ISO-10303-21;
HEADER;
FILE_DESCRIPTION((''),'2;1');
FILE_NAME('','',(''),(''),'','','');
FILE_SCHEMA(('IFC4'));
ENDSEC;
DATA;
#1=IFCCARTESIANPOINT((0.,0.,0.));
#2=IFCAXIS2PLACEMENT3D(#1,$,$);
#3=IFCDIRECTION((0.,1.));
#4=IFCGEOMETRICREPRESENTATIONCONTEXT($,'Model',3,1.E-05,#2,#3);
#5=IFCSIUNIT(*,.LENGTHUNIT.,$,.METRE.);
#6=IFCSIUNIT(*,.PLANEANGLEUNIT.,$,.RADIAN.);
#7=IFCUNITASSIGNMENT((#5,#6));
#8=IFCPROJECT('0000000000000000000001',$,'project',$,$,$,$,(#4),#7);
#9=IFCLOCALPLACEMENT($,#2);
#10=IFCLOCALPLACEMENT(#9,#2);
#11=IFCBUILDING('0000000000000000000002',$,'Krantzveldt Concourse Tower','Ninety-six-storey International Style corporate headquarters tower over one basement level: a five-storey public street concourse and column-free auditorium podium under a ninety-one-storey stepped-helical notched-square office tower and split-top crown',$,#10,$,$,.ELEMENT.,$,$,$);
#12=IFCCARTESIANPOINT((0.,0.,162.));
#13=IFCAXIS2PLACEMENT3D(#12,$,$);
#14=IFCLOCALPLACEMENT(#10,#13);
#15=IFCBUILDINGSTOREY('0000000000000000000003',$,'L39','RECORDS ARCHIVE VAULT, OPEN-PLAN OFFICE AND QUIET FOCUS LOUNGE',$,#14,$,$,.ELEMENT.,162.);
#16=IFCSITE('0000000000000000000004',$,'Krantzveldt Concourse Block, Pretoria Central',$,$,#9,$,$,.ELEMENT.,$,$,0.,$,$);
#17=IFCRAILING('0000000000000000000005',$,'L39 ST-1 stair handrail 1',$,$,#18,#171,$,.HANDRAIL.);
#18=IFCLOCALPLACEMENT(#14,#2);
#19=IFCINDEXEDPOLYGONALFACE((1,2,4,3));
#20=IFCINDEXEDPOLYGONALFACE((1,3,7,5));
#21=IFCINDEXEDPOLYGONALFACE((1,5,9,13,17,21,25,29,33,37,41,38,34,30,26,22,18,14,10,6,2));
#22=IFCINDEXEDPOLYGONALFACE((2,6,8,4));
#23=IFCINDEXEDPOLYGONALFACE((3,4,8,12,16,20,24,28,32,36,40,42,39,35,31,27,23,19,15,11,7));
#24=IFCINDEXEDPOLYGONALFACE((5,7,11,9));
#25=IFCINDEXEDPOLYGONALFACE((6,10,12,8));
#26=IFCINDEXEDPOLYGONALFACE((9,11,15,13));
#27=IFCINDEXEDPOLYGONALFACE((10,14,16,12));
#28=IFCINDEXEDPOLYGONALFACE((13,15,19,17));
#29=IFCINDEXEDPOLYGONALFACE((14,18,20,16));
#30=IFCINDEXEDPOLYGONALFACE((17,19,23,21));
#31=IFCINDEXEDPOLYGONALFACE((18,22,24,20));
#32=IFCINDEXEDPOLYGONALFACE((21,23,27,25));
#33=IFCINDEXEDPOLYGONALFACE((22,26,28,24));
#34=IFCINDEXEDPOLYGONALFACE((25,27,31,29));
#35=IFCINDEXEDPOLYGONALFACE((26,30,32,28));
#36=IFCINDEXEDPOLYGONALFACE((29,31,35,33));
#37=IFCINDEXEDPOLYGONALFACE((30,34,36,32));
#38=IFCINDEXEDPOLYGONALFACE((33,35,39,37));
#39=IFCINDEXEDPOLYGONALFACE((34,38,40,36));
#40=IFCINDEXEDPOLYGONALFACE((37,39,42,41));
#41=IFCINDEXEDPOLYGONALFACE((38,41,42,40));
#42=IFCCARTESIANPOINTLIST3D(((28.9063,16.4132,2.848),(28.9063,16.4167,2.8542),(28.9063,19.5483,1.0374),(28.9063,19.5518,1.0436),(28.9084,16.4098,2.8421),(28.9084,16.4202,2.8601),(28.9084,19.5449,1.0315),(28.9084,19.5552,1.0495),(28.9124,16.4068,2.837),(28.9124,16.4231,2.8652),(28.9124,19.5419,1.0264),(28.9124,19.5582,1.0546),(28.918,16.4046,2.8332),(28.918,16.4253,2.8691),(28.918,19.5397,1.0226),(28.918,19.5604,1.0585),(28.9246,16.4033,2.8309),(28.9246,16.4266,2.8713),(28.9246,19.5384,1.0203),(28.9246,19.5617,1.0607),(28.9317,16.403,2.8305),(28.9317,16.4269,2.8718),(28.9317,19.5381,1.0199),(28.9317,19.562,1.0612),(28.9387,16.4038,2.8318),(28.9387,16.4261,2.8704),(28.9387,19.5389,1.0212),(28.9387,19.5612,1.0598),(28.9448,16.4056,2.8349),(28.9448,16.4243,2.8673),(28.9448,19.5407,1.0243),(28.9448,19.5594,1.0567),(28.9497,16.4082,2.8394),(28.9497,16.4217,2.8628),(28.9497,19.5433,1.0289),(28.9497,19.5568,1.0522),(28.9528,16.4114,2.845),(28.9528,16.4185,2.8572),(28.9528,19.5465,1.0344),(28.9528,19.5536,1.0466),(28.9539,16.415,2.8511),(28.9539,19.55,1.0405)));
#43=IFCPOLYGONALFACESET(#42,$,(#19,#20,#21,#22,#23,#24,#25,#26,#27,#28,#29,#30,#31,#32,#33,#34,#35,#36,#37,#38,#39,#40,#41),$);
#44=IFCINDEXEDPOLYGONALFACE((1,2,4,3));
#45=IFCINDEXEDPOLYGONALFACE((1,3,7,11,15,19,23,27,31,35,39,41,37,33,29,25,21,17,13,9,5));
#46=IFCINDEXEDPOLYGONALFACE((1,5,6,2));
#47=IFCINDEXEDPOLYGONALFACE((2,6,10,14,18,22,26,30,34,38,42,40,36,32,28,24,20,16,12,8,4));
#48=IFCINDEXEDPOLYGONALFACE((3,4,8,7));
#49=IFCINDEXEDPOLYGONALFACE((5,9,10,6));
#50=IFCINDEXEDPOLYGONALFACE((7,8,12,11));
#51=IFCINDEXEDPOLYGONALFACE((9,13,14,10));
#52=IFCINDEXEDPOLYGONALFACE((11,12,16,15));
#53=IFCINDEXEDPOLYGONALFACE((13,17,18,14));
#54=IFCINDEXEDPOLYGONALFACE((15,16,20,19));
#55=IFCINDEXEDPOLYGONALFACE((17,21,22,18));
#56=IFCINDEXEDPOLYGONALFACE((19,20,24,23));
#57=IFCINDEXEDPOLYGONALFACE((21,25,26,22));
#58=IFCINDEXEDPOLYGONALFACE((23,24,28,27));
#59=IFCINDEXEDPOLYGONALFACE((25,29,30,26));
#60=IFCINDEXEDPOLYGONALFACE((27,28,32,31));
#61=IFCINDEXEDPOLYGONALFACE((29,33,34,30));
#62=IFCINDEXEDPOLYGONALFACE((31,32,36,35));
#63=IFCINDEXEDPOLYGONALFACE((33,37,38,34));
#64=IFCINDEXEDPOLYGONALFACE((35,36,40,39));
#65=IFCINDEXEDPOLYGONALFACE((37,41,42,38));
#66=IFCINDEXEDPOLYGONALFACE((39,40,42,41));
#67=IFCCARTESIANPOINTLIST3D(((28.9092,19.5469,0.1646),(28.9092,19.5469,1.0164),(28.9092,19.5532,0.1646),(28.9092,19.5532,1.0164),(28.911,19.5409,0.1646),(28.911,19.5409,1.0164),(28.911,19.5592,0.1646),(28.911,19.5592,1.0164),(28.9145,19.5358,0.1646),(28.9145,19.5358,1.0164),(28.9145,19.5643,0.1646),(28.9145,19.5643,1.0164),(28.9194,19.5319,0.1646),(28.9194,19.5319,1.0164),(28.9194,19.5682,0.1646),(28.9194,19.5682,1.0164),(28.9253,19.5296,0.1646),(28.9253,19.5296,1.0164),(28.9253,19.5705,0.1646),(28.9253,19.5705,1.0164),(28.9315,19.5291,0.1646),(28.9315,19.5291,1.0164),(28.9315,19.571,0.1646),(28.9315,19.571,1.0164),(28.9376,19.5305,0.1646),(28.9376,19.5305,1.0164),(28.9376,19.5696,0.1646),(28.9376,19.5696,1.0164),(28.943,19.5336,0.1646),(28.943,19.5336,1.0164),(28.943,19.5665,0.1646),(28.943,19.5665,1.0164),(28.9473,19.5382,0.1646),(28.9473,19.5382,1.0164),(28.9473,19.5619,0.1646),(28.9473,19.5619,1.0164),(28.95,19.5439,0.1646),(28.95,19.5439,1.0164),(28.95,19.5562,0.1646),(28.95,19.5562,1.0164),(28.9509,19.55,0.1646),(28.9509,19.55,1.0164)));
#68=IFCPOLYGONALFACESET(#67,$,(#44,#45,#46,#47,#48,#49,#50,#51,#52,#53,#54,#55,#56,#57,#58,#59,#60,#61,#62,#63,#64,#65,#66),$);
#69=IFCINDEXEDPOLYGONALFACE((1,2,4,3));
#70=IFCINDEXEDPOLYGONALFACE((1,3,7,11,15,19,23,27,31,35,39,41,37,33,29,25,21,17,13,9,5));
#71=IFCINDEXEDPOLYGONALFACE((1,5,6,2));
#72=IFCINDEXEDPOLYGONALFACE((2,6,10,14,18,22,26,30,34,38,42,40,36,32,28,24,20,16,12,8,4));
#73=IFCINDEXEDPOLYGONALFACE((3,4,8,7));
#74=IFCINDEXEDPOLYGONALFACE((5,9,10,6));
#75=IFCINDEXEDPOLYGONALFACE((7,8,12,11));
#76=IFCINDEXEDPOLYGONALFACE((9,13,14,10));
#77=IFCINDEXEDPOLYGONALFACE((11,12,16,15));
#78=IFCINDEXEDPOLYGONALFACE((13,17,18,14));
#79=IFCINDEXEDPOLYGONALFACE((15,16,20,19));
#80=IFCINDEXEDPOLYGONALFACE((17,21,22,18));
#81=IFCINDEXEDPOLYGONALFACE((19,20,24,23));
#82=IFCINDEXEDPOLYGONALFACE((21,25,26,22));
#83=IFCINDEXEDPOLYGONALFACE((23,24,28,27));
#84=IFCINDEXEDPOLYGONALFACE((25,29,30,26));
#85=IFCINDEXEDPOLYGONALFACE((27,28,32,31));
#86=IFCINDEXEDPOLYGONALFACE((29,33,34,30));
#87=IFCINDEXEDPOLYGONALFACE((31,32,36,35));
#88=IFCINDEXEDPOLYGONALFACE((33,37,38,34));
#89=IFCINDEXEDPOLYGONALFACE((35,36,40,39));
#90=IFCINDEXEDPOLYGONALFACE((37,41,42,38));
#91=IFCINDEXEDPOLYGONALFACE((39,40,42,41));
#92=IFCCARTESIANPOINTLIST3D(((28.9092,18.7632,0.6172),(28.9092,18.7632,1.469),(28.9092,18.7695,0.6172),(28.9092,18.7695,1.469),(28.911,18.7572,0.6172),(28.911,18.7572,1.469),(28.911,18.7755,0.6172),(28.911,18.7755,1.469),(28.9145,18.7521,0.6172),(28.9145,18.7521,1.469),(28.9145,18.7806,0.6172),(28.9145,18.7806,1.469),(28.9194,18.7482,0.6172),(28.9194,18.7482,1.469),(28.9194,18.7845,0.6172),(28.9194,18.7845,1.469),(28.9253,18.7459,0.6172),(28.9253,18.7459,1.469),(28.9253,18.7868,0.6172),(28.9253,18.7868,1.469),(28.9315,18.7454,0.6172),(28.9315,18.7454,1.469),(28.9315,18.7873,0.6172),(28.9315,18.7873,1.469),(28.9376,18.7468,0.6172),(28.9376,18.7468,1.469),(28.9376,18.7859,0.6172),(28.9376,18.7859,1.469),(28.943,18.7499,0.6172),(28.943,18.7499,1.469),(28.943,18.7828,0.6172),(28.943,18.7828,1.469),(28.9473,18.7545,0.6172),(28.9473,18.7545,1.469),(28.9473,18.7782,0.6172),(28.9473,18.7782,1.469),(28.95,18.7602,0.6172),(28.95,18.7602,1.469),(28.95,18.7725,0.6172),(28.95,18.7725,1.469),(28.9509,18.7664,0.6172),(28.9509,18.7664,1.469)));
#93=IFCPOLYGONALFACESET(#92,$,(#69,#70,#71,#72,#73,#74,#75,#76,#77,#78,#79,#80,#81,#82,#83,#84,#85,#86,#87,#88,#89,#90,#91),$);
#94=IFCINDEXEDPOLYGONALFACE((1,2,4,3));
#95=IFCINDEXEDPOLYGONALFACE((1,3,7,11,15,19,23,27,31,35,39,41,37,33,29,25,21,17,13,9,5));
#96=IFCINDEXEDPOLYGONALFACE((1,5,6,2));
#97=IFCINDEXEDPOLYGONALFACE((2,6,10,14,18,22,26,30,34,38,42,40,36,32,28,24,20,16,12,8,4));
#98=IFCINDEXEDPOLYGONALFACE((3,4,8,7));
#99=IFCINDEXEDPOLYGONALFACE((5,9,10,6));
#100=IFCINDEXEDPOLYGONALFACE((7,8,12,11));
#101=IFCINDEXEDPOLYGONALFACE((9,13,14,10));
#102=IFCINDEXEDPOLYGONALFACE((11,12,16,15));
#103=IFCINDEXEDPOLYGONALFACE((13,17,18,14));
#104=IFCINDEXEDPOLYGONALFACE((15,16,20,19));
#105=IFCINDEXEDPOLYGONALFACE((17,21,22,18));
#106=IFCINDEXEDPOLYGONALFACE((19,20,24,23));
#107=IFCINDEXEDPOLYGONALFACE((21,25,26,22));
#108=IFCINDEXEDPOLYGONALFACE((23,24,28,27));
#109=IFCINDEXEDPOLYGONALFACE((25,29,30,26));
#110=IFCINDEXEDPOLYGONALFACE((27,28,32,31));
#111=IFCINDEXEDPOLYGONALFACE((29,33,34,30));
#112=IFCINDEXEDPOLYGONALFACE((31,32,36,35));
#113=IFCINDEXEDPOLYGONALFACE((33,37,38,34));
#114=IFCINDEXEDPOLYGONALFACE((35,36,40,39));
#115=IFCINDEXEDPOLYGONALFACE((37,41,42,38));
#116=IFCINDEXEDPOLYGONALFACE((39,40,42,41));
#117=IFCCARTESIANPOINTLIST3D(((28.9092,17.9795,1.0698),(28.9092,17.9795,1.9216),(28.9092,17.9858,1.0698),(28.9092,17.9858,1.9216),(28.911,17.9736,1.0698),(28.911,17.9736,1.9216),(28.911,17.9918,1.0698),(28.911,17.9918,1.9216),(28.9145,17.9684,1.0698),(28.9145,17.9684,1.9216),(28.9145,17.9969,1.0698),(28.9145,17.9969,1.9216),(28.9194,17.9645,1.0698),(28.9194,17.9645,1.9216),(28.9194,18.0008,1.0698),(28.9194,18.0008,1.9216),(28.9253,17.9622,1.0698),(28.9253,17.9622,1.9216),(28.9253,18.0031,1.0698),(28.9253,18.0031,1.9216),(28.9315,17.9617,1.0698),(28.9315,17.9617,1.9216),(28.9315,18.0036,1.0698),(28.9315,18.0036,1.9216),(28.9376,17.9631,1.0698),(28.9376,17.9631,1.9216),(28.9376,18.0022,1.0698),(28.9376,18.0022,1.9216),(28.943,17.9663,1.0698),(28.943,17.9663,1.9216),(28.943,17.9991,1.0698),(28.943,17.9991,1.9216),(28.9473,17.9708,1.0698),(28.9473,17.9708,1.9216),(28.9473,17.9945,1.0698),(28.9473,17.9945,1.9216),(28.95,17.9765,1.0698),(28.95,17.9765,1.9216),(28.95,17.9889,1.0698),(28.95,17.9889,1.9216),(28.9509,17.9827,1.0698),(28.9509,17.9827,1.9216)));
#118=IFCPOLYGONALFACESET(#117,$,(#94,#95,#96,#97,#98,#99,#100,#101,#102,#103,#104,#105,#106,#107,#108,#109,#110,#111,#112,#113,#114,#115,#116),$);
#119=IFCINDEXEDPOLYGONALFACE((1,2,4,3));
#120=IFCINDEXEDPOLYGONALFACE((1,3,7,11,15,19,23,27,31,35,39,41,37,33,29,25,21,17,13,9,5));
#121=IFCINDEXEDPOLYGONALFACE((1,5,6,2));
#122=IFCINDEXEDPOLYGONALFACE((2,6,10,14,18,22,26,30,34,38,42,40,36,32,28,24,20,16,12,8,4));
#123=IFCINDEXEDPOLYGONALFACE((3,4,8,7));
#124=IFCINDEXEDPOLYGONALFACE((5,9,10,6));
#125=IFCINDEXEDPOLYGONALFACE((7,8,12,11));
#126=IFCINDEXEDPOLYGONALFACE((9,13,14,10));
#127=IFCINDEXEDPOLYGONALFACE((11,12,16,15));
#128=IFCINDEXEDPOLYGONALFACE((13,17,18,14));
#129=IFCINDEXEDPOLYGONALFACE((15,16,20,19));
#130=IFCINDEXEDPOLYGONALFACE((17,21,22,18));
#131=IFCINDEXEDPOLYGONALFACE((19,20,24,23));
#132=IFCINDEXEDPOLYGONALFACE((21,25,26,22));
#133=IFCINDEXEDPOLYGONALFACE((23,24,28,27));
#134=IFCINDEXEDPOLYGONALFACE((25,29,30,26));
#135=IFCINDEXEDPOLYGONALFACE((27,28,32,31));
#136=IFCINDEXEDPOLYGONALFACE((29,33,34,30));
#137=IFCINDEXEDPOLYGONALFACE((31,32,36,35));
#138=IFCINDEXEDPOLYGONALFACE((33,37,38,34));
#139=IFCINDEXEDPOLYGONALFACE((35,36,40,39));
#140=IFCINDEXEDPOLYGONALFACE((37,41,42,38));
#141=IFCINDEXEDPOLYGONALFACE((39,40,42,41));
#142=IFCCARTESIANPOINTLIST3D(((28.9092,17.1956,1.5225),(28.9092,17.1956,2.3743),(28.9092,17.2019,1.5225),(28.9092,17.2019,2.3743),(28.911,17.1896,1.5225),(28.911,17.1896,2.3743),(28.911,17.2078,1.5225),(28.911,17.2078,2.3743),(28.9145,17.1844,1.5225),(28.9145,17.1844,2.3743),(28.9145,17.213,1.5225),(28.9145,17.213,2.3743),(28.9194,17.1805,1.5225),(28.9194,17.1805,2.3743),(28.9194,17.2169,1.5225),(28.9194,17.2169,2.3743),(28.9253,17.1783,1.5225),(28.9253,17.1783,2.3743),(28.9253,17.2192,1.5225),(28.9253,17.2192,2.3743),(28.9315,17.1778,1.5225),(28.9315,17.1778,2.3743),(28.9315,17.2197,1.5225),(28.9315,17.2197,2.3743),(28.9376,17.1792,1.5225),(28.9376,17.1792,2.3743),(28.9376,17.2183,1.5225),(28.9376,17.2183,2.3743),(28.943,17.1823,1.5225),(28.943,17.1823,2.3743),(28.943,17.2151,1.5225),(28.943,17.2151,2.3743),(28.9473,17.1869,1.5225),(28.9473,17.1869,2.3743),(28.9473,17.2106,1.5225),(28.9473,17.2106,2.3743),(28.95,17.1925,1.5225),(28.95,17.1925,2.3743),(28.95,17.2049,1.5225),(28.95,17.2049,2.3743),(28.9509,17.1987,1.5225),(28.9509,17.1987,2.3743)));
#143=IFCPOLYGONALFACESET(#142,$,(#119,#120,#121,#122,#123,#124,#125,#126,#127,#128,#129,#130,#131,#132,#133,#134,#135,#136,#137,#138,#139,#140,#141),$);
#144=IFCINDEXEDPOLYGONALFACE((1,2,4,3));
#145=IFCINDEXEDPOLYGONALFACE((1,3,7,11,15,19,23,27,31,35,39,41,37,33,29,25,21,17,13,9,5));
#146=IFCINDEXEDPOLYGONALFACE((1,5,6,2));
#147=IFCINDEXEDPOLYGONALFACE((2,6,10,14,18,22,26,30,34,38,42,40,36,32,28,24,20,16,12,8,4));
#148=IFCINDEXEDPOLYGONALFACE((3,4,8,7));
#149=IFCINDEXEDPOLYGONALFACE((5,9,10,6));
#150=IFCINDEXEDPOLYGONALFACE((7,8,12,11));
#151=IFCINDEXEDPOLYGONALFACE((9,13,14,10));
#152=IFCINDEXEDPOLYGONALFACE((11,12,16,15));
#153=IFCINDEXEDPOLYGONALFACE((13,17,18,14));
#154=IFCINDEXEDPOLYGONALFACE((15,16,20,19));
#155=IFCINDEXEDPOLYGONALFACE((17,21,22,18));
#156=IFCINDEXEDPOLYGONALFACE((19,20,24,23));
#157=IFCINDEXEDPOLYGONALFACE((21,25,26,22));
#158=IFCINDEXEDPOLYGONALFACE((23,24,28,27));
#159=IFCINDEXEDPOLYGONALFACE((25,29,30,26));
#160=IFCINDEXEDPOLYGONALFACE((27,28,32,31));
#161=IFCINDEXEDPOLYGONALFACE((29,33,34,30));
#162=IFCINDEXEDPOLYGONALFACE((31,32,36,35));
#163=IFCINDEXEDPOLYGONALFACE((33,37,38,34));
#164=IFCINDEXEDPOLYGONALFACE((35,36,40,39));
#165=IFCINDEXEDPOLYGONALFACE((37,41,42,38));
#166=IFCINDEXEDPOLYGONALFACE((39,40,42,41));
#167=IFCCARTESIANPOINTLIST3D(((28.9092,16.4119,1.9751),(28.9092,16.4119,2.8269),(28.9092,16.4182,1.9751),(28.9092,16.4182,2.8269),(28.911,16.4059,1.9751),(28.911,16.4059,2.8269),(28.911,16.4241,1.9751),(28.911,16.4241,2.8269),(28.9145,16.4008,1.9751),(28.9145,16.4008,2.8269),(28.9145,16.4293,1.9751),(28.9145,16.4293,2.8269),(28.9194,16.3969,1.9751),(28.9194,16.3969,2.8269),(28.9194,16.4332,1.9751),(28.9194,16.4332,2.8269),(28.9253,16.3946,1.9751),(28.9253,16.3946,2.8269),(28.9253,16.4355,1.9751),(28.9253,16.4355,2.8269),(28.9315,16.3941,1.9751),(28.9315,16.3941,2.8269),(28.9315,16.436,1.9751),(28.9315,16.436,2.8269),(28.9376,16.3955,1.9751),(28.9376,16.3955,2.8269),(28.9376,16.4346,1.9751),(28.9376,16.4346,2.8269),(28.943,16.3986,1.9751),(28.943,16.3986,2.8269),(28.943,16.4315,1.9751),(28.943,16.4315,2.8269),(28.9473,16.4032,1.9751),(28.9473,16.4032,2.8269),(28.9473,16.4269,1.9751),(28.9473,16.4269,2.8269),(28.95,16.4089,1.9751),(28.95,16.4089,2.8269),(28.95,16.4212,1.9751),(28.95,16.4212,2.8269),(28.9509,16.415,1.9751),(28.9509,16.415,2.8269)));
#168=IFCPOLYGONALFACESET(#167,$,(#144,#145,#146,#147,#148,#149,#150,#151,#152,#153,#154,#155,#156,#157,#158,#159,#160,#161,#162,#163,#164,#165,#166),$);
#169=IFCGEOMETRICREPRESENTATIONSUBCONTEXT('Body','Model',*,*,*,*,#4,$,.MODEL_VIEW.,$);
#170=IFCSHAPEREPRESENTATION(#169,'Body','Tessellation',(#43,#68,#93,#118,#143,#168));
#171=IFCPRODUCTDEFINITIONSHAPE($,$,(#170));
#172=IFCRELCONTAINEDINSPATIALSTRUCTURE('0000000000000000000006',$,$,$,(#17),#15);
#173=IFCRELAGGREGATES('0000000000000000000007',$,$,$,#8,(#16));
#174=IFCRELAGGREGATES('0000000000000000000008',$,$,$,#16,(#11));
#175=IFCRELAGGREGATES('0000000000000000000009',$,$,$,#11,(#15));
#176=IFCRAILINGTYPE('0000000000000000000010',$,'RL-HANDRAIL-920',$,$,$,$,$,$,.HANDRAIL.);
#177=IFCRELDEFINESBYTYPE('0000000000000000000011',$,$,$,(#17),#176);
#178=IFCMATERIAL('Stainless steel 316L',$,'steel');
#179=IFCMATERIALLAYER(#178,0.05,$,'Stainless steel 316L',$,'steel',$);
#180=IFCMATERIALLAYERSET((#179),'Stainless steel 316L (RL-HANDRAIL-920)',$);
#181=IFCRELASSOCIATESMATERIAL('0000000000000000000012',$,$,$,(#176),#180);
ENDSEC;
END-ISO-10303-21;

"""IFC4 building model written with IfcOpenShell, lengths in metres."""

from ifc_helpers import new_model, si_unit, direction, frame, origin, origin_2d, place, context, subcontext, project, spatial, circle, extrude, material, layer, layer_set, type_object, element, save


model = new_model("IFC4")

# Units and contexts
model_context = context("Model", 3, precision=1e-05, world=origin(), true_north=direction((0.0, 1.0)))
body_context = subcontext(model_context, "Body", "Model", "MODEL_VIEW")
ifc_project = project(units=[si_unit("LENGTHUNIT", "METRE"), si_unit("PLANEANGLEUNIT", "RADIAN")], contexts=[model_context])

# Site, building, storey
site_placement = place(None, origin())
site = spatial("IfcSite", under=ifc_project, at=site_placement, Name="Krantzveldt Concourse Block, Pretoria Central", CompositionType="ELEMENT", RefElevation=0.0)
building_placement = place(site_placement, origin())
building = spatial("IfcBuilding", under=site, at=building_placement, Name="Krantzveldt Concourse Tower", Description="Ninety-six-storey International Style corporate headquarters tower over one basement level: a five-storey public street concourse and column-free auditorium podium under a ninety-one-storey stepped-helical notched-square office tower and split-top crown", CompositionType="ELEMENT")
storey_placement = place(building_placement, frame((0.0, 0.0, 162.0)))
storey = spatial("IfcBuildingStorey", under=building, at=storey_placement, Name="L39", Description="RECORDS ARCHIVE VAULT, OPEN-PLAN OFFICE AND QUIET FOCUS LOUNGE", CompositionType="ELEMENT", Elevation=162.0)

# Railing
ifc_material_1 = material(Name="Stainless steel 316L", Category="steel")
ifc_layer_1 = layer(ifc_material_1, 0.05, Name="Stainless steel 316L", Category="steel")
ifc_layer_set_1 = layer_set([ifc_layer_1], Name="Stainless steel 316L (RL-HANDRAIL-920)")
railing_type_1 = type_object("IfcRailingType", Name="RL-HANDRAIL-920", PredefinedType="HANDRAIL", material=ifc_layer_set_1)
railing_1_placement = place(storey_placement, frame((28.9299, 19.55, 0.1646)))
element("IfcRailing", 1, at=railing_1_placement, inside=storey, type_object=railing_type_1, Name="L39 ST-1 stair handrail 1", PredefinedType="HANDRAIL", context=body_context, shape_type="SweptSolid", body=[
    extrude(circle(Radius=0.0239, at=origin_2d()), frame((0.0, 0.0, 0.876), z_axis=(0.0, -0.86596, 0.500114), x_axis=(1.0, 0.0, 0.0)), (0.0, 0.0, 1.0), 3.6204),
    extrude(circle(Radius=0.021, at=origin_2d()), origin(), (0.0, 0.0, 1.0), 0.8518),
    extrude(circle(Radius=0.021, at=origin_2d()), frame((0.0, -0.7837, 0.4526)), (0.0, 0.0, 1.0), 0.8518),
    extrude(circle(Radius=0.021, at=origin_2d()), frame((0.0, -1.5674, 0.9053)), (0.0, 0.0, 1.0), 0.8518),
    extrude(circle(Radius=0.021, at=origin_2d()), frame((0.0, -2.3513, 1.3579)), (0.0, 0.0, 1.0), 0.8518),
    extrude(circle(Radius=0.021, at=origin_2d()), frame((0.0, -3.135, 1.8105)), (0.0, 0.0, 1.0), 0.8518),
])

save(model, "model.ifc")
